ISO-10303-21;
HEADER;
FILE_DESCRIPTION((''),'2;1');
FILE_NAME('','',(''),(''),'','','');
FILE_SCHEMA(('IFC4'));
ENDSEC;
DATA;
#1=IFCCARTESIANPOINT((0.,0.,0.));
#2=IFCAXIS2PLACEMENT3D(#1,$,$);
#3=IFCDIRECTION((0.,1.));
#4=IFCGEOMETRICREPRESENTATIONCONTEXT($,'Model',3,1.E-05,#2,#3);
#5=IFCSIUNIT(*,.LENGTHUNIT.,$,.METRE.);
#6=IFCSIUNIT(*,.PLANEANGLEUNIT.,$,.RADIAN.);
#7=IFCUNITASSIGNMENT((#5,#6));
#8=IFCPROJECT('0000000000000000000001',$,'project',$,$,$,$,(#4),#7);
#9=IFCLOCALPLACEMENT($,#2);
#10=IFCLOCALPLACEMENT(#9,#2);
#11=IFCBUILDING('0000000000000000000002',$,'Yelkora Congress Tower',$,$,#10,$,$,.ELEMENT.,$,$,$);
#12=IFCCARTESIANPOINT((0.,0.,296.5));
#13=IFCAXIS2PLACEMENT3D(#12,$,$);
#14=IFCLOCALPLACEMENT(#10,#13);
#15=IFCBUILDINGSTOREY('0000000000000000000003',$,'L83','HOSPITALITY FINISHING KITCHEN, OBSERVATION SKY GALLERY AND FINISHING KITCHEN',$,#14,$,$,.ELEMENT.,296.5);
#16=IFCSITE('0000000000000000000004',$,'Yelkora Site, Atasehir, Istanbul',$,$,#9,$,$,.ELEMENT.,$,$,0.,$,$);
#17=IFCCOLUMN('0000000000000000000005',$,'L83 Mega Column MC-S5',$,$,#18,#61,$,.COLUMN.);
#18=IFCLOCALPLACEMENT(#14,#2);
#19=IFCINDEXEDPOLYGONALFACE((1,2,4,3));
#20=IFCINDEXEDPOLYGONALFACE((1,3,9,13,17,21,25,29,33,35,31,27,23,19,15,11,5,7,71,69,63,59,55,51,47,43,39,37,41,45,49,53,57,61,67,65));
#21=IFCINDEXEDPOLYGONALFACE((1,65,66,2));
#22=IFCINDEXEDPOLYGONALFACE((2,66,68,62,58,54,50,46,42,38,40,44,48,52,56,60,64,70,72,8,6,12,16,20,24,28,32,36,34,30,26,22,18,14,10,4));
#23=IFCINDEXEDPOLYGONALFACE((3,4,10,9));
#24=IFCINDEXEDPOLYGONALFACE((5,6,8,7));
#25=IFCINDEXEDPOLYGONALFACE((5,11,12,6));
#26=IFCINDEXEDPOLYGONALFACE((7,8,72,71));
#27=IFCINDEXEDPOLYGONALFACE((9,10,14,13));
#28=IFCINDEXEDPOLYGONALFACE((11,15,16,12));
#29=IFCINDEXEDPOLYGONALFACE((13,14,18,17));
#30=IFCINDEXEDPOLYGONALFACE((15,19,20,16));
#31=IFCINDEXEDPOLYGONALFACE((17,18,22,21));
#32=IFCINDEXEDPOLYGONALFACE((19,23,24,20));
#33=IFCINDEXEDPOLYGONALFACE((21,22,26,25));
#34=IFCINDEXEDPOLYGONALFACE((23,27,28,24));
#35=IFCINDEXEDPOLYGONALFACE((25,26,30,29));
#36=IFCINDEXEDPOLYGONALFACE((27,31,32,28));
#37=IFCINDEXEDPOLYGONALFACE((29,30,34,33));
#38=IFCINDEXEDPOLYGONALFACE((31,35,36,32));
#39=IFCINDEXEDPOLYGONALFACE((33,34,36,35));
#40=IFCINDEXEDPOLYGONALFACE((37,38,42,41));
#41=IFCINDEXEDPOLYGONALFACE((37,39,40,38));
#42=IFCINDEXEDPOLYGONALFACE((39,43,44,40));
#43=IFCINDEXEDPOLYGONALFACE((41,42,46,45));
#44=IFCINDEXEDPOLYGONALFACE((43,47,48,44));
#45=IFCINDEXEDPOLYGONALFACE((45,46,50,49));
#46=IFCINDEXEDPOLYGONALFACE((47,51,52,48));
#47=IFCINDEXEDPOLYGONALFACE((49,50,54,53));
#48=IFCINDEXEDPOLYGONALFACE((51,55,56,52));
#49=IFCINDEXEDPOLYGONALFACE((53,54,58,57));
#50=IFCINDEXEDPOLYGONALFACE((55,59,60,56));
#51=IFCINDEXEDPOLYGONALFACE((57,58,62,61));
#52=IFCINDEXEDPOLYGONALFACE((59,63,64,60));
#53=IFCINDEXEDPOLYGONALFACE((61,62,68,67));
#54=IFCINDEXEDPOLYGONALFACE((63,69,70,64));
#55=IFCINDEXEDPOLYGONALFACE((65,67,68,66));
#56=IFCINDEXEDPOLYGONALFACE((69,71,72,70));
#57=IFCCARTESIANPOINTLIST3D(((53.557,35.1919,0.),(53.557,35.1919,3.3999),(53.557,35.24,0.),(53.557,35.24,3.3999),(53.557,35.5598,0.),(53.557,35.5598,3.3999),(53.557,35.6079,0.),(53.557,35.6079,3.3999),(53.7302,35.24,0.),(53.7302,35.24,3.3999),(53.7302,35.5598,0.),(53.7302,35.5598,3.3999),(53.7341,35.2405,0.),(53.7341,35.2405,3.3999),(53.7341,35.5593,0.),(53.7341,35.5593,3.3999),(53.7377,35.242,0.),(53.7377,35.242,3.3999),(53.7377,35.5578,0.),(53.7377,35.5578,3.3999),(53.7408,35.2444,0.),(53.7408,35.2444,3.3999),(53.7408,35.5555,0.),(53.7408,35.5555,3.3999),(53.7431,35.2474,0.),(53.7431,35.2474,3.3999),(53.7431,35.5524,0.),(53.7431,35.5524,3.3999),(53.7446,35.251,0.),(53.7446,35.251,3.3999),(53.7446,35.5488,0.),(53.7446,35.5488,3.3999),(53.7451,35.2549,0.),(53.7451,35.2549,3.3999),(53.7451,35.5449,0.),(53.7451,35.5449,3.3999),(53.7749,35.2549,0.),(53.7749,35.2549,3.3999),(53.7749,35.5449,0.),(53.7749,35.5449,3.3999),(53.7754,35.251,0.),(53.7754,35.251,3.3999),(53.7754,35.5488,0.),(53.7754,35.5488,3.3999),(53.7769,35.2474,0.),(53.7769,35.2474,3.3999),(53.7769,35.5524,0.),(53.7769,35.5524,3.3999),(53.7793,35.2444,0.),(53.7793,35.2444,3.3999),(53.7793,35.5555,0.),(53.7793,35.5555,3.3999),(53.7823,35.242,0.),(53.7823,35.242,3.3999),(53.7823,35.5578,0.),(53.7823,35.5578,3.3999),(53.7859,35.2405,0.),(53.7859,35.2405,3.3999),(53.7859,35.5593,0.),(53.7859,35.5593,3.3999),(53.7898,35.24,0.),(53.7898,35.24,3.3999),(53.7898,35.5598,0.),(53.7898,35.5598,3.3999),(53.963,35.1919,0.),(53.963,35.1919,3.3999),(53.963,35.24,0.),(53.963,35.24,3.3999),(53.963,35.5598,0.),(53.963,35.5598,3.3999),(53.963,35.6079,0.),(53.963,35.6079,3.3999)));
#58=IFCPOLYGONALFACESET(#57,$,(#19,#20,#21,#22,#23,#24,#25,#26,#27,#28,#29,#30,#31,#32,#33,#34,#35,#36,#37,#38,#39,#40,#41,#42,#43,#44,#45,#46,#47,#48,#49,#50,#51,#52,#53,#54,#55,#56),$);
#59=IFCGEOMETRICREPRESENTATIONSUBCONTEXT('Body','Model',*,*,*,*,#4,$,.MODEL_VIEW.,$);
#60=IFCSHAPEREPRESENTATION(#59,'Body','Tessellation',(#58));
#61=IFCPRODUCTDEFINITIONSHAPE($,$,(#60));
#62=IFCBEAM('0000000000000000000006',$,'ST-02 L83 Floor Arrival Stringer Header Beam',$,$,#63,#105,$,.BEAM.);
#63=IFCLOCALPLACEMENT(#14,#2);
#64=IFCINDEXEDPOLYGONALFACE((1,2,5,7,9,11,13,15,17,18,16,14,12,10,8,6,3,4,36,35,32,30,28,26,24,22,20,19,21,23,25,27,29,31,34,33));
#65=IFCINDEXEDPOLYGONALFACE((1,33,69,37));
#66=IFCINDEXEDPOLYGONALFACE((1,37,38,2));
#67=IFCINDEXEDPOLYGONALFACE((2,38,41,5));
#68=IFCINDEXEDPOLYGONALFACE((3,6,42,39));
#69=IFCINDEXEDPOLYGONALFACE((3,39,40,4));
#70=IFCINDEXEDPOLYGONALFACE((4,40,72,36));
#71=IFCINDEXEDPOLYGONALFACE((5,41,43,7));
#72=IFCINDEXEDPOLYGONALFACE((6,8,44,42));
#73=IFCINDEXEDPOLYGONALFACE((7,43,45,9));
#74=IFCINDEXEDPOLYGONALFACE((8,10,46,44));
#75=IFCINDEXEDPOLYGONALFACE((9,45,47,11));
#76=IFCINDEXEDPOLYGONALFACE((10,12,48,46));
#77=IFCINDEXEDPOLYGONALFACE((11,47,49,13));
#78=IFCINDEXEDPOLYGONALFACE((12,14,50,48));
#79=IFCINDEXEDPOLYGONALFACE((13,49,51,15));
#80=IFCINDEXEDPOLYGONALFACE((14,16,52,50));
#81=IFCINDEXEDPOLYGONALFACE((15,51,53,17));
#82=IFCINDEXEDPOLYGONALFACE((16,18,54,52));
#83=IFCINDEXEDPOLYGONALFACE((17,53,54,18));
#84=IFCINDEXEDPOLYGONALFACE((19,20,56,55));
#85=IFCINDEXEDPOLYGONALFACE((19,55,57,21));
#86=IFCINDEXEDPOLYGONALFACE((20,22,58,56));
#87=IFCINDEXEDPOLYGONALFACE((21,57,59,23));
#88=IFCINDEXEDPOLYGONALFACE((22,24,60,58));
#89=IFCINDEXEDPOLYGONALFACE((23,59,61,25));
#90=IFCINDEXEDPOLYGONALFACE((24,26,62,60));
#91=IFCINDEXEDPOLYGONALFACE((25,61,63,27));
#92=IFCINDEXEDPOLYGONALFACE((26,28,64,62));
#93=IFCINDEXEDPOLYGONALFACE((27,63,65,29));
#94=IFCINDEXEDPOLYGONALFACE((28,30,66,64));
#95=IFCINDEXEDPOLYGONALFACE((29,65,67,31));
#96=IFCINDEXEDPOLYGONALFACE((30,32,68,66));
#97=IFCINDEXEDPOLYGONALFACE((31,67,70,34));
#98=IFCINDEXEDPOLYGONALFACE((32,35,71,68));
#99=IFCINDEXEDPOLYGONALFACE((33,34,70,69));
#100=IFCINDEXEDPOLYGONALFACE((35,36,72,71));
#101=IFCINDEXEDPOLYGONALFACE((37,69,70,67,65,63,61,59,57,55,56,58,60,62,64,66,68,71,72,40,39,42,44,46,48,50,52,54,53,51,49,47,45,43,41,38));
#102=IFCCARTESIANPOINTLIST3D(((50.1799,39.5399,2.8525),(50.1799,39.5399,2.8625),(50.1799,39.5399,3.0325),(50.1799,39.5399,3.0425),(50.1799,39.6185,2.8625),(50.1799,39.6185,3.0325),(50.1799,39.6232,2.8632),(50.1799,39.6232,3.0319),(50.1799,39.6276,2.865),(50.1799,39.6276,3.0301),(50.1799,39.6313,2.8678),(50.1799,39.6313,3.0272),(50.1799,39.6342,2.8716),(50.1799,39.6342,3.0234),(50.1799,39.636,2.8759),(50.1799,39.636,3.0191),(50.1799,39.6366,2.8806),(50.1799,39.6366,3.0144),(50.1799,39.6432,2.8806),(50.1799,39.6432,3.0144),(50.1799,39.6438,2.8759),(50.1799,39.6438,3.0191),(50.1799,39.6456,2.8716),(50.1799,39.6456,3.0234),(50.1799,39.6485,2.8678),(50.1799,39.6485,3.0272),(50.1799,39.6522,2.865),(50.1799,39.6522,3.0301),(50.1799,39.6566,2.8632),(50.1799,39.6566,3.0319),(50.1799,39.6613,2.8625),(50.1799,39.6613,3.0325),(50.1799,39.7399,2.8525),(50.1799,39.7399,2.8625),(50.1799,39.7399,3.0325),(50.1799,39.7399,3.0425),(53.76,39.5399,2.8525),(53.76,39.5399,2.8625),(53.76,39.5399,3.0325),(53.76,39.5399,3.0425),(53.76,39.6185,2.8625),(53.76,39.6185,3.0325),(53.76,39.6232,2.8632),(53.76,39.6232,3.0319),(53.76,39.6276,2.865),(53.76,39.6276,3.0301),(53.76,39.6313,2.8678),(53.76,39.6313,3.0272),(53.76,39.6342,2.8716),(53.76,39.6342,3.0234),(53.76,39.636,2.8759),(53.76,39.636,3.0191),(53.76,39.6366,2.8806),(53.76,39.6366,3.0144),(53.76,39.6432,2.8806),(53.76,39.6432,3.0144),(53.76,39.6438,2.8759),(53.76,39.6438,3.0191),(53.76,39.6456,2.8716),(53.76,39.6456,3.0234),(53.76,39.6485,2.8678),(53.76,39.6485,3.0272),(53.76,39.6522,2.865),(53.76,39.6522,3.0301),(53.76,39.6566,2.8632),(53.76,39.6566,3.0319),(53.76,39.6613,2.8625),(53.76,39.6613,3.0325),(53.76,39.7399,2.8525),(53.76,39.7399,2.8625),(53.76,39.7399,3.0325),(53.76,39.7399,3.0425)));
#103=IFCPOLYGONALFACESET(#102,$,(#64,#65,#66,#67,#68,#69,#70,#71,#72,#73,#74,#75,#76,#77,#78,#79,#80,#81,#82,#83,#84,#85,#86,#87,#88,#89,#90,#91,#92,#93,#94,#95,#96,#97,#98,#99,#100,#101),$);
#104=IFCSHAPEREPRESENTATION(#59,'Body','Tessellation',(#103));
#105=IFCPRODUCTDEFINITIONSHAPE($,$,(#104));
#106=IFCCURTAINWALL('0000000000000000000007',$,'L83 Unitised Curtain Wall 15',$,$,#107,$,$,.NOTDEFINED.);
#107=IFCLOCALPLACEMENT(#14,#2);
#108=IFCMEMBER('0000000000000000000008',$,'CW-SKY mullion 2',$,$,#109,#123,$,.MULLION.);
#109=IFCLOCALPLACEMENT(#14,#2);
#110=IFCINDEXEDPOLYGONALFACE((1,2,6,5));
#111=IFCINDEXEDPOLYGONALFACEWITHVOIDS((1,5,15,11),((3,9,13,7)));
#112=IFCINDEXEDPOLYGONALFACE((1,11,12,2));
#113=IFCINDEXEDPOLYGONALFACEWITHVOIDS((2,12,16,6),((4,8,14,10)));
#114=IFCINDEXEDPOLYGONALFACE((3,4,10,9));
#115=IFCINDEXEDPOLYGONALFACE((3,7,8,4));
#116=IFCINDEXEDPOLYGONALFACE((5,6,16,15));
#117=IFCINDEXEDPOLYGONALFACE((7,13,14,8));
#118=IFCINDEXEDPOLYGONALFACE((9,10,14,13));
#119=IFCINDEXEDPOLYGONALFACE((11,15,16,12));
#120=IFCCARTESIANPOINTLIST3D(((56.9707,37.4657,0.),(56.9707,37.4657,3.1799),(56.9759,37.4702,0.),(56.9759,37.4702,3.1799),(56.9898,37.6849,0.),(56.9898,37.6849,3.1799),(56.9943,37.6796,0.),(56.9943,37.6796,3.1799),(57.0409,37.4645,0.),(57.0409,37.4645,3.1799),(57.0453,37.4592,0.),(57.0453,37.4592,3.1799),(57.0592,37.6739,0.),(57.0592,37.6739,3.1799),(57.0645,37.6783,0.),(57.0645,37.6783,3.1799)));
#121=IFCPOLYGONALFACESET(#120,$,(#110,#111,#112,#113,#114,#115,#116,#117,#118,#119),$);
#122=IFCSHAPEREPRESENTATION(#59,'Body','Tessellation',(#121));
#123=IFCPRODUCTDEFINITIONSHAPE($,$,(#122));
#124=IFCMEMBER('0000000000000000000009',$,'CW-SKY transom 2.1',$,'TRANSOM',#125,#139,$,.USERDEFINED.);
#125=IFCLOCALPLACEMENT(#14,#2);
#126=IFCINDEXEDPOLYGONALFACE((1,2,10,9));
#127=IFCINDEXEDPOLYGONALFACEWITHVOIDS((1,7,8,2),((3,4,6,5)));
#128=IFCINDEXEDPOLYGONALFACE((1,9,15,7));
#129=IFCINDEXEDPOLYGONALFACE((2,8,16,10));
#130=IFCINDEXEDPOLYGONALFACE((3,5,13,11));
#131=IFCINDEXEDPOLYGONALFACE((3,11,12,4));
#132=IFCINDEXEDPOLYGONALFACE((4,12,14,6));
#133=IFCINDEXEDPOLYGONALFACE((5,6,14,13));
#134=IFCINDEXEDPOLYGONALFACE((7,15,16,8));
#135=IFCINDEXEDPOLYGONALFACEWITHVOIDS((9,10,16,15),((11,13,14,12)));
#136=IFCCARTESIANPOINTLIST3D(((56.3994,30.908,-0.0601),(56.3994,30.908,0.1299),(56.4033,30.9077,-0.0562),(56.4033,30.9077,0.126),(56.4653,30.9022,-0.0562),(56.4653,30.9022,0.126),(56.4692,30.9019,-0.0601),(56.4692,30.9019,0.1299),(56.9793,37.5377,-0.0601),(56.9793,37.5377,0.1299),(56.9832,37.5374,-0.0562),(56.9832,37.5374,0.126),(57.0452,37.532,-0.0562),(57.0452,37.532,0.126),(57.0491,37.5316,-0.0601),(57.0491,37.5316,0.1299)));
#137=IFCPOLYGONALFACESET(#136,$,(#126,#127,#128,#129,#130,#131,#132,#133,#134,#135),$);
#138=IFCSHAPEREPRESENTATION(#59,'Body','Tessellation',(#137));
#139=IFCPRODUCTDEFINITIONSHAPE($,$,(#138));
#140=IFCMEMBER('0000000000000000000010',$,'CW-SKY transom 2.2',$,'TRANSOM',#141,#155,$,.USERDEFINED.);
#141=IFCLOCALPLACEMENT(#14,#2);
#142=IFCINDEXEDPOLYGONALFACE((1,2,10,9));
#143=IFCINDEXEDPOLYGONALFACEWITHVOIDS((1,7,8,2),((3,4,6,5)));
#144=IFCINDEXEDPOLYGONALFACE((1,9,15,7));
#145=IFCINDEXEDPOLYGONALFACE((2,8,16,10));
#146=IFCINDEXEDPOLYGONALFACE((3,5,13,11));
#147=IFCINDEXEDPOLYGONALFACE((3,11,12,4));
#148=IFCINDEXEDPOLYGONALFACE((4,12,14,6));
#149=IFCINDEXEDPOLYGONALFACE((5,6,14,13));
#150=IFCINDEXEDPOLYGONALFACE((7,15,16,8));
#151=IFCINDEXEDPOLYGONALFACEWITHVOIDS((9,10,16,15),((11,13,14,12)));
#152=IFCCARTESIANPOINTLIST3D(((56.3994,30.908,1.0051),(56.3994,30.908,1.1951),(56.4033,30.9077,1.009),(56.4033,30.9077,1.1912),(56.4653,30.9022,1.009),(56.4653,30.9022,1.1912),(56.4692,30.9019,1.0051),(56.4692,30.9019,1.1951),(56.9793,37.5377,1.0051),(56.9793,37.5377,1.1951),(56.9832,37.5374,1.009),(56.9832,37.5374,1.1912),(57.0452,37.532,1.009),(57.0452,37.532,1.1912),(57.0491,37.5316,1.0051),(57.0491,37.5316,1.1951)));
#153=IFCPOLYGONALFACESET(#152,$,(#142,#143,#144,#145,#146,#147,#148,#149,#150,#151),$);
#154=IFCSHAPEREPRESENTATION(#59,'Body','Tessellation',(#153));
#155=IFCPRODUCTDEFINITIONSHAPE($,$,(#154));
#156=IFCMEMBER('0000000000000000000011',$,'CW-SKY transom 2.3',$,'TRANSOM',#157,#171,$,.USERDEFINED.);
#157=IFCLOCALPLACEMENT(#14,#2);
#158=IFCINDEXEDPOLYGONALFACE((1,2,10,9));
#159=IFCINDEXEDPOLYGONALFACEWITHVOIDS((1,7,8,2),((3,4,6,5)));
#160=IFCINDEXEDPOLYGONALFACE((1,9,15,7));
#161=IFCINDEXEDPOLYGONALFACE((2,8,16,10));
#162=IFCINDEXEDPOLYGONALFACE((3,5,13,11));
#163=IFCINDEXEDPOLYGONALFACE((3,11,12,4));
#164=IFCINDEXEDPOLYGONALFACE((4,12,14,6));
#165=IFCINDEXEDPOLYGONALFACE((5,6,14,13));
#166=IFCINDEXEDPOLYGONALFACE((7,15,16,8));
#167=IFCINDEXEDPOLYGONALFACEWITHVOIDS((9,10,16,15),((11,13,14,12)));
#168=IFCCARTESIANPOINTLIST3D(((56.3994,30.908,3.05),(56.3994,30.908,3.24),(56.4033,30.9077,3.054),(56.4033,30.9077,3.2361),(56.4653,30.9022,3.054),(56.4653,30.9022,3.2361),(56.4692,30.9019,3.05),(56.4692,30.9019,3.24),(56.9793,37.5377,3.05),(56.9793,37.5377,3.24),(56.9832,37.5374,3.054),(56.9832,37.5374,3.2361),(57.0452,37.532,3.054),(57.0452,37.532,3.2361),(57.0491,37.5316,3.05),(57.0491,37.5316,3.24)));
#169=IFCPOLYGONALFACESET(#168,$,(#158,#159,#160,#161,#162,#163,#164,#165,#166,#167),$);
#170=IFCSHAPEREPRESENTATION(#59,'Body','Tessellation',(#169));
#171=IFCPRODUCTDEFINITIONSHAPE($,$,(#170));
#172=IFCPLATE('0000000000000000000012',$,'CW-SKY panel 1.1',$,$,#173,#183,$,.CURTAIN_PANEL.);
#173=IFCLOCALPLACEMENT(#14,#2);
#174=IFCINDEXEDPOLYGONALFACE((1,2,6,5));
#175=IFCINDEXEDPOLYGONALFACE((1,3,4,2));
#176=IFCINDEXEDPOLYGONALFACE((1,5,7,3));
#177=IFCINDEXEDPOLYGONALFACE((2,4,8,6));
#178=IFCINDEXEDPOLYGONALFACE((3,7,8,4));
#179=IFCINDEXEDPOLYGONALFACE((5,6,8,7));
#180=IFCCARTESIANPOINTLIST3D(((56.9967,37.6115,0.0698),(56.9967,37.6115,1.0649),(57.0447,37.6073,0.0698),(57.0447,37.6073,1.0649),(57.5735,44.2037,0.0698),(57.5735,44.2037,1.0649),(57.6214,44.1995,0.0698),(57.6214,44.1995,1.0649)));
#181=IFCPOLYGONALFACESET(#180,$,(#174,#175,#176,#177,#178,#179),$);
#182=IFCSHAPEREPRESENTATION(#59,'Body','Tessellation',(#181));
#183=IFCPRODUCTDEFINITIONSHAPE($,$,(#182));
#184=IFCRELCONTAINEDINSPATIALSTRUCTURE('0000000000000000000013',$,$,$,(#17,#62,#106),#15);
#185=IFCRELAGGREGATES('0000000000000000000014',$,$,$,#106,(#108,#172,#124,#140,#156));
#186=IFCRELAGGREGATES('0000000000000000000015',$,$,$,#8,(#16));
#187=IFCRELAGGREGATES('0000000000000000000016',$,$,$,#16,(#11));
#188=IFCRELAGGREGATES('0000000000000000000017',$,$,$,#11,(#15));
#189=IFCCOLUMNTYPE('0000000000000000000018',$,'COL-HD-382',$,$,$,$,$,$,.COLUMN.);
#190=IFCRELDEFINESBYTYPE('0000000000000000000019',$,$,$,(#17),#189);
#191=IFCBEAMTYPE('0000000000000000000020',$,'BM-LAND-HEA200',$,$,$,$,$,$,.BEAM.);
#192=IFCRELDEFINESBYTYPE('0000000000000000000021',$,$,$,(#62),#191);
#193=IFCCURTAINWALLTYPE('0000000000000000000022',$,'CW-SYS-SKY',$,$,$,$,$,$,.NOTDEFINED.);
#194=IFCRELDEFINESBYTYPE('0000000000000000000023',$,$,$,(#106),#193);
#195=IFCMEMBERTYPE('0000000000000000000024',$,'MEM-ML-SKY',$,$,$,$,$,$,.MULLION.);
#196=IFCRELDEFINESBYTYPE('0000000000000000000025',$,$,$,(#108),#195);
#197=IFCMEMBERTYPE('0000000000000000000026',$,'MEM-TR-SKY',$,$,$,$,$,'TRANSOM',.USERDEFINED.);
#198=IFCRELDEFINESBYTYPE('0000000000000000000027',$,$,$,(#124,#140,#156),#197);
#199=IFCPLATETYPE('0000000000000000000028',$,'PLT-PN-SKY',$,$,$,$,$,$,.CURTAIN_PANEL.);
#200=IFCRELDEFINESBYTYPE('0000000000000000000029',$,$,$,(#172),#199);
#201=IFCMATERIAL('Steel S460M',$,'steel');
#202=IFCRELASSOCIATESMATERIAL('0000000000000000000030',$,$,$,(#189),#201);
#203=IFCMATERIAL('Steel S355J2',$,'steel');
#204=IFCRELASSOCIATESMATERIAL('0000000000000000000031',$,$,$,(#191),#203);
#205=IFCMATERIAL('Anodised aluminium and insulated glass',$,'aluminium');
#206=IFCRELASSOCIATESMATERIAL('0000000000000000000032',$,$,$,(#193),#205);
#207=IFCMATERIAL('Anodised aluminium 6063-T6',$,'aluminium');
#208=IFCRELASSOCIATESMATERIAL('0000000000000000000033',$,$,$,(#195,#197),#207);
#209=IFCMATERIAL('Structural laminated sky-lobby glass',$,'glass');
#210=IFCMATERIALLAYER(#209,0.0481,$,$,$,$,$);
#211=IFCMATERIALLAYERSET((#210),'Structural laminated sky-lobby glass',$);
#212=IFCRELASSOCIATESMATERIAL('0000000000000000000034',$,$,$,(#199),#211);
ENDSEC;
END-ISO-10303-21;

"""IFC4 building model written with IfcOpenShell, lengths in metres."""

from ifc_helpers import new_model, si_unit, direction, frame, origin, origin_2d, place, context, subcontext, project, spatial, rectangle, hollow_rectangle, i_section, extrude, material, layer, layer_set, material_profile, profile_set, type_object, element, aggregate, save


model = new_model("IFC4")

# Units and contexts
model_context = context("Model", 3, precision=1e-05, world=origin(), true_north=direction((0.0, 1.0)))
body_context = subcontext(model_context, "Body", "Model", "MODEL_VIEW")
ifc_project = project(units=[si_unit("LENGTHUNIT", "METRE"), si_unit("PLANEANGLEUNIT", "RADIAN")], contexts=[model_context])

# Site, building, storey
site_placement = place(None, origin())
site = spatial("IfcSite", under=ifc_project, at=site_placement, Name="Yelkora Site, Atasehir, Istanbul", CompositionType="ELEMENT", RefElevation=0.0)
building_placement = place(site_placement, origin())
building = spatial("IfcBuilding", under=site, at=building_placement, Name="Yelkora Congress Tower", CompositionType="ELEMENT")
storey_placement = place(building_placement, frame((0.0, 0.0, 296.5)))
storey = spatial("IfcBuildingStorey", under=building, at=storey_placement, Name="L83", Description="HOSPITALITY FINISHING KITCHEN, OBSERVATION SKY GALLERY AND FINISHING KITCHEN", CompositionType="ELEMENT", Elevation=296.5)

# Column
ifc_material_1 = material(Name="Steel S460M", Category="steel")
ifc_material_profile_1 = material_profile(ifc_material_1, i_section(OverallWidth=0.406, OverallDepth=0.416, WebThickness=0.0298, FlangeThickness=0.0481, FilletRadius=0.0149, at=origin_2d()), Name="HD 400x382")
ifc_profile_set_1 = profile_set([ifc_material_profile_1], Name="Steel S460M")
column_type = type_object("IfcColumnType", Name="COL-HD-382", PredefinedType="COLUMN", material=ifc_profile_set_1)
column_placement = place(storey_placement, frame((53.76, 35.3999, 0.0), z_axis=(0.0, 0.0, 1.0), x_axis=(1.0, 0.0, 0.0)))
element("IfcColumn", 1, at=column_placement, inside=storey, type_object=column_type, Name="L83 Mega Column MC-S5", PredefinedType="COLUMN", context=body_context, shape_type="SweptSolid", body=[
    extrude(i_section(OverallWidth=0.406, OverallDepth=0.416, WebThickness=0.0298, FlangeThickness=0.0481, FilletRadius=0.0149, at=origin_2d()), origin(), (0.0, 0.0, 1.0), 3.3999),
])

# Beam
ifc_material_2 = material(Name="Steel S355J2", Category="steel")
ifc_material_profile_2 = material_profile(ifc_material_2, i_section(OverallWidth=0.2, OverallDepth=0.1899, WebThickness=0.0066, FlangeThickness=0.01, FilletRadius=0.0181, at=origin_2d()), Name="HEA 200")
ifc_profile_set_2 = profile_set([ifc_material_profile_2], Name="Steel S355J2")
beam_type = type_object("IfcBeamType", Name="BM-LAND-HEA200", PredefinedType="BEAM", material=ifc_profile_set_2)
beam_placement = place(storey_placement, frame((50.1799, 39.6399, 2.9475), z_axis=(1.0, 0.0, 0.0), x_axis=(0.0, 1.0, 0.0)))
element("IfcBeam", 2, at=beam_placement, inside=storey, type_object=beam_type, Name="ST-02 L83 Floor Arrival Stringer Header Beam", PredefinedType="BEAM", context=body_context, shape_type="SweptSolid", body=[
    extrude(i_section(OverallWidth=0.2, OverallDepth=0.1899, WebThickness=0.0066, FlangeThickness=0.01, FilletRadius=0.0181, at=origin_2d()), origin(), (0.0, 0.0, 1.0), 3.5801),
])

# Curtain wall, members, plate
ifc_material_3 = material(Name="Anodised aluminium and insulated glass", Category="aluminium")
curtain_wall_type = type_object("IfcCurtainWallType", Name="CW-SYS-SKY", PredefinedType="NOTDEFINED", material=ifc_material_3)
curtain_wall_placement = place(storey_placement, origin())
curtain_wall = element("IfcCurtainWall", 3, at=curtain_wall_placement, inside=storey, type_object=curtain_wall_type, Name="L83 Unitised Curtain Wall 15", PredefinedType="NOTDEFINED")
ifc_material_4 = material(Name="Anodised aluminium 6063-T6", Category="aluminium")
ifc_material_profile_3 = material_profile(ifc_material_4, hollow_rectangle(XDim=0.075, YDim=0.22, WallThickness=0.0049, at=origin_2d()), Name="ALU 75x220x5")
ifc_profile_set_3 = profile_set([ifc_material_profile_3], Name="Anodised aluminium 6063-T6")
member_type_1 = type_object("IfcMemberType", Name="MEM-ML-SKY", PredefinedType="MULLION", material=ifc_profile_set_3)
member_1_placement = place(storey_placement, frame((57.0176, 37.572, 0.0), z_axis=(0.0, 0.0, 1.0), x_axis=(0.996194, -0.087158, 0.0)))
member_1 = element("IfcMember", 4, at=member_1_placement, type_object=member_type_1, Name="CW-SKY mullion 2", PredefinedType="MULLION", context=body_context, shape_type="SweptSolid", body=[
    extrude(hollow_rectangle(XDim=0.075, YDim=0.22, WallThickness=0.0049, at=origin_2d()), origin(), (0.0, 0.0, 1.0), 3.1799),
])
ifc_material_profile_4 = material_profile(ifc_material_4, hollow_rectangle(XDim=0.0701, YDim=0.1899, WallThickness=0.0039, at=origin_2d()), Name="ALU 70x190x4")
ifc_profile_set_4 = profile_set([ifc_material_profile_4], Name="Anodised aluminium 6063-T6")
member_type_2 = type_object("IfcMemberType", Name="MEM-TR-SKY", ElementType="TRANSOM", PredefinedType="USERDEFINED", material=ifc_profile_set_4)
member_2_placement = place(storey_placement, frame((57.0142, 37.5347, 0.0349), z_axis=(-0.087128, -0.996197, 0.0), x_axis=(0.996197, -0.087128, 0.0)))
member_2 = element("IfcMember", 5, at=member_2_placement, type_object=member_type_2, Name="CW-SKY transom 2.1", ObjectType="TRANSOM", PredefinedType="USERDEFINED", context=body_context, shape_type="SweptSolid", body=[
    extrude(hollow_rectangle(XDim=0.0701, YDim=0.1899, WallThickness=0.0039, at=origin_2d()), origin(), (0.0, 0.0, 1.0), 6.655),
])
member_3_placement = place(storey_placement, frame((57.0142, 37.5347, 1.1001), z_axis=(-0.087128, -0.996197, 0.0), x_axis=(0.996197, -0.087128, 0.0)))
member_3 = element("IfcMember", 6, at=member_3_placement, type_object=member_type_2, Name="CW-SKY transom 2.2", ObjectType="TRANSOM", PredefinedType="USERDEFINED", context=body_context, shape_type="SweptSolid", body=[
    extrude(hollow_rectangle(XDim=0.0701, YDim=0.1899, WallThickness=0.0039, at=origin_2d()), origin(), (0.0, 0.0, 1.0), 6.655),
])
member_4_placement = place(storey_placement, frame((57.0142, 37.5347, 3.145), z_axis=(-0.087128, -0.996197, 0.0), x_axis=(0.996197, -0.087128, 0.0)))
member_4 = element("IfcMember", 7, at=member_4_placement, type_object=member_type_2, Name="CW-SKY transom 2.3", ObjectType="TRANSOM", PredefinedType="USERDEFINED", context=body_context, shape_type="SweptSolid", body=[
    extrude(hollow_rectangle(XDim=0.0701, YDim=0.1899, WallThickness=0.0039, at=origin_2d()), origin(), (0.0, 0.0, 1.0), 6.655),
])
ifc_material_5 = material(Name="Structural laminated sky-lobby glass", Category="glass")
ifc_layer_1 = layer(ifc_material_5, 0.0481)
ifc_layer_set_1 = layer_set([ifc_layer_1], Name="Structural laminated sky-lobby glass")
plate_type = type_object("IfcPlateType", Name="PLT-PN-SKY", PredefinedType="CURTAIN_PANEL", material=ifc_layer_set_1)
plate_1_placement = place(storey_placement, frame((57.3091, 40.9055, 0.0698), z_axis=(0.0, 0.0, 1.0), x_axis=(-0.087158, -0.996194, 0.0)))
plate_1 = element("IfcPlate", 8, at=plate_1_placement, type_object=plate_type, Name="CW-SKY panel 1.1", PredefinedType="CURTAIN_PANEL", context=body_context, shape_type="SweptSolid", body=[
    extrude(rectangle(XDim=6.6174, YDim=0.0481, at=origin_2d()), origin(), (0.0, 0.0, 1.0), 0.9951),
])
aggregate(curtain_wall, [member_1, plate_1, member_2, member_3, member_4])

save(model, "model.ifc")
